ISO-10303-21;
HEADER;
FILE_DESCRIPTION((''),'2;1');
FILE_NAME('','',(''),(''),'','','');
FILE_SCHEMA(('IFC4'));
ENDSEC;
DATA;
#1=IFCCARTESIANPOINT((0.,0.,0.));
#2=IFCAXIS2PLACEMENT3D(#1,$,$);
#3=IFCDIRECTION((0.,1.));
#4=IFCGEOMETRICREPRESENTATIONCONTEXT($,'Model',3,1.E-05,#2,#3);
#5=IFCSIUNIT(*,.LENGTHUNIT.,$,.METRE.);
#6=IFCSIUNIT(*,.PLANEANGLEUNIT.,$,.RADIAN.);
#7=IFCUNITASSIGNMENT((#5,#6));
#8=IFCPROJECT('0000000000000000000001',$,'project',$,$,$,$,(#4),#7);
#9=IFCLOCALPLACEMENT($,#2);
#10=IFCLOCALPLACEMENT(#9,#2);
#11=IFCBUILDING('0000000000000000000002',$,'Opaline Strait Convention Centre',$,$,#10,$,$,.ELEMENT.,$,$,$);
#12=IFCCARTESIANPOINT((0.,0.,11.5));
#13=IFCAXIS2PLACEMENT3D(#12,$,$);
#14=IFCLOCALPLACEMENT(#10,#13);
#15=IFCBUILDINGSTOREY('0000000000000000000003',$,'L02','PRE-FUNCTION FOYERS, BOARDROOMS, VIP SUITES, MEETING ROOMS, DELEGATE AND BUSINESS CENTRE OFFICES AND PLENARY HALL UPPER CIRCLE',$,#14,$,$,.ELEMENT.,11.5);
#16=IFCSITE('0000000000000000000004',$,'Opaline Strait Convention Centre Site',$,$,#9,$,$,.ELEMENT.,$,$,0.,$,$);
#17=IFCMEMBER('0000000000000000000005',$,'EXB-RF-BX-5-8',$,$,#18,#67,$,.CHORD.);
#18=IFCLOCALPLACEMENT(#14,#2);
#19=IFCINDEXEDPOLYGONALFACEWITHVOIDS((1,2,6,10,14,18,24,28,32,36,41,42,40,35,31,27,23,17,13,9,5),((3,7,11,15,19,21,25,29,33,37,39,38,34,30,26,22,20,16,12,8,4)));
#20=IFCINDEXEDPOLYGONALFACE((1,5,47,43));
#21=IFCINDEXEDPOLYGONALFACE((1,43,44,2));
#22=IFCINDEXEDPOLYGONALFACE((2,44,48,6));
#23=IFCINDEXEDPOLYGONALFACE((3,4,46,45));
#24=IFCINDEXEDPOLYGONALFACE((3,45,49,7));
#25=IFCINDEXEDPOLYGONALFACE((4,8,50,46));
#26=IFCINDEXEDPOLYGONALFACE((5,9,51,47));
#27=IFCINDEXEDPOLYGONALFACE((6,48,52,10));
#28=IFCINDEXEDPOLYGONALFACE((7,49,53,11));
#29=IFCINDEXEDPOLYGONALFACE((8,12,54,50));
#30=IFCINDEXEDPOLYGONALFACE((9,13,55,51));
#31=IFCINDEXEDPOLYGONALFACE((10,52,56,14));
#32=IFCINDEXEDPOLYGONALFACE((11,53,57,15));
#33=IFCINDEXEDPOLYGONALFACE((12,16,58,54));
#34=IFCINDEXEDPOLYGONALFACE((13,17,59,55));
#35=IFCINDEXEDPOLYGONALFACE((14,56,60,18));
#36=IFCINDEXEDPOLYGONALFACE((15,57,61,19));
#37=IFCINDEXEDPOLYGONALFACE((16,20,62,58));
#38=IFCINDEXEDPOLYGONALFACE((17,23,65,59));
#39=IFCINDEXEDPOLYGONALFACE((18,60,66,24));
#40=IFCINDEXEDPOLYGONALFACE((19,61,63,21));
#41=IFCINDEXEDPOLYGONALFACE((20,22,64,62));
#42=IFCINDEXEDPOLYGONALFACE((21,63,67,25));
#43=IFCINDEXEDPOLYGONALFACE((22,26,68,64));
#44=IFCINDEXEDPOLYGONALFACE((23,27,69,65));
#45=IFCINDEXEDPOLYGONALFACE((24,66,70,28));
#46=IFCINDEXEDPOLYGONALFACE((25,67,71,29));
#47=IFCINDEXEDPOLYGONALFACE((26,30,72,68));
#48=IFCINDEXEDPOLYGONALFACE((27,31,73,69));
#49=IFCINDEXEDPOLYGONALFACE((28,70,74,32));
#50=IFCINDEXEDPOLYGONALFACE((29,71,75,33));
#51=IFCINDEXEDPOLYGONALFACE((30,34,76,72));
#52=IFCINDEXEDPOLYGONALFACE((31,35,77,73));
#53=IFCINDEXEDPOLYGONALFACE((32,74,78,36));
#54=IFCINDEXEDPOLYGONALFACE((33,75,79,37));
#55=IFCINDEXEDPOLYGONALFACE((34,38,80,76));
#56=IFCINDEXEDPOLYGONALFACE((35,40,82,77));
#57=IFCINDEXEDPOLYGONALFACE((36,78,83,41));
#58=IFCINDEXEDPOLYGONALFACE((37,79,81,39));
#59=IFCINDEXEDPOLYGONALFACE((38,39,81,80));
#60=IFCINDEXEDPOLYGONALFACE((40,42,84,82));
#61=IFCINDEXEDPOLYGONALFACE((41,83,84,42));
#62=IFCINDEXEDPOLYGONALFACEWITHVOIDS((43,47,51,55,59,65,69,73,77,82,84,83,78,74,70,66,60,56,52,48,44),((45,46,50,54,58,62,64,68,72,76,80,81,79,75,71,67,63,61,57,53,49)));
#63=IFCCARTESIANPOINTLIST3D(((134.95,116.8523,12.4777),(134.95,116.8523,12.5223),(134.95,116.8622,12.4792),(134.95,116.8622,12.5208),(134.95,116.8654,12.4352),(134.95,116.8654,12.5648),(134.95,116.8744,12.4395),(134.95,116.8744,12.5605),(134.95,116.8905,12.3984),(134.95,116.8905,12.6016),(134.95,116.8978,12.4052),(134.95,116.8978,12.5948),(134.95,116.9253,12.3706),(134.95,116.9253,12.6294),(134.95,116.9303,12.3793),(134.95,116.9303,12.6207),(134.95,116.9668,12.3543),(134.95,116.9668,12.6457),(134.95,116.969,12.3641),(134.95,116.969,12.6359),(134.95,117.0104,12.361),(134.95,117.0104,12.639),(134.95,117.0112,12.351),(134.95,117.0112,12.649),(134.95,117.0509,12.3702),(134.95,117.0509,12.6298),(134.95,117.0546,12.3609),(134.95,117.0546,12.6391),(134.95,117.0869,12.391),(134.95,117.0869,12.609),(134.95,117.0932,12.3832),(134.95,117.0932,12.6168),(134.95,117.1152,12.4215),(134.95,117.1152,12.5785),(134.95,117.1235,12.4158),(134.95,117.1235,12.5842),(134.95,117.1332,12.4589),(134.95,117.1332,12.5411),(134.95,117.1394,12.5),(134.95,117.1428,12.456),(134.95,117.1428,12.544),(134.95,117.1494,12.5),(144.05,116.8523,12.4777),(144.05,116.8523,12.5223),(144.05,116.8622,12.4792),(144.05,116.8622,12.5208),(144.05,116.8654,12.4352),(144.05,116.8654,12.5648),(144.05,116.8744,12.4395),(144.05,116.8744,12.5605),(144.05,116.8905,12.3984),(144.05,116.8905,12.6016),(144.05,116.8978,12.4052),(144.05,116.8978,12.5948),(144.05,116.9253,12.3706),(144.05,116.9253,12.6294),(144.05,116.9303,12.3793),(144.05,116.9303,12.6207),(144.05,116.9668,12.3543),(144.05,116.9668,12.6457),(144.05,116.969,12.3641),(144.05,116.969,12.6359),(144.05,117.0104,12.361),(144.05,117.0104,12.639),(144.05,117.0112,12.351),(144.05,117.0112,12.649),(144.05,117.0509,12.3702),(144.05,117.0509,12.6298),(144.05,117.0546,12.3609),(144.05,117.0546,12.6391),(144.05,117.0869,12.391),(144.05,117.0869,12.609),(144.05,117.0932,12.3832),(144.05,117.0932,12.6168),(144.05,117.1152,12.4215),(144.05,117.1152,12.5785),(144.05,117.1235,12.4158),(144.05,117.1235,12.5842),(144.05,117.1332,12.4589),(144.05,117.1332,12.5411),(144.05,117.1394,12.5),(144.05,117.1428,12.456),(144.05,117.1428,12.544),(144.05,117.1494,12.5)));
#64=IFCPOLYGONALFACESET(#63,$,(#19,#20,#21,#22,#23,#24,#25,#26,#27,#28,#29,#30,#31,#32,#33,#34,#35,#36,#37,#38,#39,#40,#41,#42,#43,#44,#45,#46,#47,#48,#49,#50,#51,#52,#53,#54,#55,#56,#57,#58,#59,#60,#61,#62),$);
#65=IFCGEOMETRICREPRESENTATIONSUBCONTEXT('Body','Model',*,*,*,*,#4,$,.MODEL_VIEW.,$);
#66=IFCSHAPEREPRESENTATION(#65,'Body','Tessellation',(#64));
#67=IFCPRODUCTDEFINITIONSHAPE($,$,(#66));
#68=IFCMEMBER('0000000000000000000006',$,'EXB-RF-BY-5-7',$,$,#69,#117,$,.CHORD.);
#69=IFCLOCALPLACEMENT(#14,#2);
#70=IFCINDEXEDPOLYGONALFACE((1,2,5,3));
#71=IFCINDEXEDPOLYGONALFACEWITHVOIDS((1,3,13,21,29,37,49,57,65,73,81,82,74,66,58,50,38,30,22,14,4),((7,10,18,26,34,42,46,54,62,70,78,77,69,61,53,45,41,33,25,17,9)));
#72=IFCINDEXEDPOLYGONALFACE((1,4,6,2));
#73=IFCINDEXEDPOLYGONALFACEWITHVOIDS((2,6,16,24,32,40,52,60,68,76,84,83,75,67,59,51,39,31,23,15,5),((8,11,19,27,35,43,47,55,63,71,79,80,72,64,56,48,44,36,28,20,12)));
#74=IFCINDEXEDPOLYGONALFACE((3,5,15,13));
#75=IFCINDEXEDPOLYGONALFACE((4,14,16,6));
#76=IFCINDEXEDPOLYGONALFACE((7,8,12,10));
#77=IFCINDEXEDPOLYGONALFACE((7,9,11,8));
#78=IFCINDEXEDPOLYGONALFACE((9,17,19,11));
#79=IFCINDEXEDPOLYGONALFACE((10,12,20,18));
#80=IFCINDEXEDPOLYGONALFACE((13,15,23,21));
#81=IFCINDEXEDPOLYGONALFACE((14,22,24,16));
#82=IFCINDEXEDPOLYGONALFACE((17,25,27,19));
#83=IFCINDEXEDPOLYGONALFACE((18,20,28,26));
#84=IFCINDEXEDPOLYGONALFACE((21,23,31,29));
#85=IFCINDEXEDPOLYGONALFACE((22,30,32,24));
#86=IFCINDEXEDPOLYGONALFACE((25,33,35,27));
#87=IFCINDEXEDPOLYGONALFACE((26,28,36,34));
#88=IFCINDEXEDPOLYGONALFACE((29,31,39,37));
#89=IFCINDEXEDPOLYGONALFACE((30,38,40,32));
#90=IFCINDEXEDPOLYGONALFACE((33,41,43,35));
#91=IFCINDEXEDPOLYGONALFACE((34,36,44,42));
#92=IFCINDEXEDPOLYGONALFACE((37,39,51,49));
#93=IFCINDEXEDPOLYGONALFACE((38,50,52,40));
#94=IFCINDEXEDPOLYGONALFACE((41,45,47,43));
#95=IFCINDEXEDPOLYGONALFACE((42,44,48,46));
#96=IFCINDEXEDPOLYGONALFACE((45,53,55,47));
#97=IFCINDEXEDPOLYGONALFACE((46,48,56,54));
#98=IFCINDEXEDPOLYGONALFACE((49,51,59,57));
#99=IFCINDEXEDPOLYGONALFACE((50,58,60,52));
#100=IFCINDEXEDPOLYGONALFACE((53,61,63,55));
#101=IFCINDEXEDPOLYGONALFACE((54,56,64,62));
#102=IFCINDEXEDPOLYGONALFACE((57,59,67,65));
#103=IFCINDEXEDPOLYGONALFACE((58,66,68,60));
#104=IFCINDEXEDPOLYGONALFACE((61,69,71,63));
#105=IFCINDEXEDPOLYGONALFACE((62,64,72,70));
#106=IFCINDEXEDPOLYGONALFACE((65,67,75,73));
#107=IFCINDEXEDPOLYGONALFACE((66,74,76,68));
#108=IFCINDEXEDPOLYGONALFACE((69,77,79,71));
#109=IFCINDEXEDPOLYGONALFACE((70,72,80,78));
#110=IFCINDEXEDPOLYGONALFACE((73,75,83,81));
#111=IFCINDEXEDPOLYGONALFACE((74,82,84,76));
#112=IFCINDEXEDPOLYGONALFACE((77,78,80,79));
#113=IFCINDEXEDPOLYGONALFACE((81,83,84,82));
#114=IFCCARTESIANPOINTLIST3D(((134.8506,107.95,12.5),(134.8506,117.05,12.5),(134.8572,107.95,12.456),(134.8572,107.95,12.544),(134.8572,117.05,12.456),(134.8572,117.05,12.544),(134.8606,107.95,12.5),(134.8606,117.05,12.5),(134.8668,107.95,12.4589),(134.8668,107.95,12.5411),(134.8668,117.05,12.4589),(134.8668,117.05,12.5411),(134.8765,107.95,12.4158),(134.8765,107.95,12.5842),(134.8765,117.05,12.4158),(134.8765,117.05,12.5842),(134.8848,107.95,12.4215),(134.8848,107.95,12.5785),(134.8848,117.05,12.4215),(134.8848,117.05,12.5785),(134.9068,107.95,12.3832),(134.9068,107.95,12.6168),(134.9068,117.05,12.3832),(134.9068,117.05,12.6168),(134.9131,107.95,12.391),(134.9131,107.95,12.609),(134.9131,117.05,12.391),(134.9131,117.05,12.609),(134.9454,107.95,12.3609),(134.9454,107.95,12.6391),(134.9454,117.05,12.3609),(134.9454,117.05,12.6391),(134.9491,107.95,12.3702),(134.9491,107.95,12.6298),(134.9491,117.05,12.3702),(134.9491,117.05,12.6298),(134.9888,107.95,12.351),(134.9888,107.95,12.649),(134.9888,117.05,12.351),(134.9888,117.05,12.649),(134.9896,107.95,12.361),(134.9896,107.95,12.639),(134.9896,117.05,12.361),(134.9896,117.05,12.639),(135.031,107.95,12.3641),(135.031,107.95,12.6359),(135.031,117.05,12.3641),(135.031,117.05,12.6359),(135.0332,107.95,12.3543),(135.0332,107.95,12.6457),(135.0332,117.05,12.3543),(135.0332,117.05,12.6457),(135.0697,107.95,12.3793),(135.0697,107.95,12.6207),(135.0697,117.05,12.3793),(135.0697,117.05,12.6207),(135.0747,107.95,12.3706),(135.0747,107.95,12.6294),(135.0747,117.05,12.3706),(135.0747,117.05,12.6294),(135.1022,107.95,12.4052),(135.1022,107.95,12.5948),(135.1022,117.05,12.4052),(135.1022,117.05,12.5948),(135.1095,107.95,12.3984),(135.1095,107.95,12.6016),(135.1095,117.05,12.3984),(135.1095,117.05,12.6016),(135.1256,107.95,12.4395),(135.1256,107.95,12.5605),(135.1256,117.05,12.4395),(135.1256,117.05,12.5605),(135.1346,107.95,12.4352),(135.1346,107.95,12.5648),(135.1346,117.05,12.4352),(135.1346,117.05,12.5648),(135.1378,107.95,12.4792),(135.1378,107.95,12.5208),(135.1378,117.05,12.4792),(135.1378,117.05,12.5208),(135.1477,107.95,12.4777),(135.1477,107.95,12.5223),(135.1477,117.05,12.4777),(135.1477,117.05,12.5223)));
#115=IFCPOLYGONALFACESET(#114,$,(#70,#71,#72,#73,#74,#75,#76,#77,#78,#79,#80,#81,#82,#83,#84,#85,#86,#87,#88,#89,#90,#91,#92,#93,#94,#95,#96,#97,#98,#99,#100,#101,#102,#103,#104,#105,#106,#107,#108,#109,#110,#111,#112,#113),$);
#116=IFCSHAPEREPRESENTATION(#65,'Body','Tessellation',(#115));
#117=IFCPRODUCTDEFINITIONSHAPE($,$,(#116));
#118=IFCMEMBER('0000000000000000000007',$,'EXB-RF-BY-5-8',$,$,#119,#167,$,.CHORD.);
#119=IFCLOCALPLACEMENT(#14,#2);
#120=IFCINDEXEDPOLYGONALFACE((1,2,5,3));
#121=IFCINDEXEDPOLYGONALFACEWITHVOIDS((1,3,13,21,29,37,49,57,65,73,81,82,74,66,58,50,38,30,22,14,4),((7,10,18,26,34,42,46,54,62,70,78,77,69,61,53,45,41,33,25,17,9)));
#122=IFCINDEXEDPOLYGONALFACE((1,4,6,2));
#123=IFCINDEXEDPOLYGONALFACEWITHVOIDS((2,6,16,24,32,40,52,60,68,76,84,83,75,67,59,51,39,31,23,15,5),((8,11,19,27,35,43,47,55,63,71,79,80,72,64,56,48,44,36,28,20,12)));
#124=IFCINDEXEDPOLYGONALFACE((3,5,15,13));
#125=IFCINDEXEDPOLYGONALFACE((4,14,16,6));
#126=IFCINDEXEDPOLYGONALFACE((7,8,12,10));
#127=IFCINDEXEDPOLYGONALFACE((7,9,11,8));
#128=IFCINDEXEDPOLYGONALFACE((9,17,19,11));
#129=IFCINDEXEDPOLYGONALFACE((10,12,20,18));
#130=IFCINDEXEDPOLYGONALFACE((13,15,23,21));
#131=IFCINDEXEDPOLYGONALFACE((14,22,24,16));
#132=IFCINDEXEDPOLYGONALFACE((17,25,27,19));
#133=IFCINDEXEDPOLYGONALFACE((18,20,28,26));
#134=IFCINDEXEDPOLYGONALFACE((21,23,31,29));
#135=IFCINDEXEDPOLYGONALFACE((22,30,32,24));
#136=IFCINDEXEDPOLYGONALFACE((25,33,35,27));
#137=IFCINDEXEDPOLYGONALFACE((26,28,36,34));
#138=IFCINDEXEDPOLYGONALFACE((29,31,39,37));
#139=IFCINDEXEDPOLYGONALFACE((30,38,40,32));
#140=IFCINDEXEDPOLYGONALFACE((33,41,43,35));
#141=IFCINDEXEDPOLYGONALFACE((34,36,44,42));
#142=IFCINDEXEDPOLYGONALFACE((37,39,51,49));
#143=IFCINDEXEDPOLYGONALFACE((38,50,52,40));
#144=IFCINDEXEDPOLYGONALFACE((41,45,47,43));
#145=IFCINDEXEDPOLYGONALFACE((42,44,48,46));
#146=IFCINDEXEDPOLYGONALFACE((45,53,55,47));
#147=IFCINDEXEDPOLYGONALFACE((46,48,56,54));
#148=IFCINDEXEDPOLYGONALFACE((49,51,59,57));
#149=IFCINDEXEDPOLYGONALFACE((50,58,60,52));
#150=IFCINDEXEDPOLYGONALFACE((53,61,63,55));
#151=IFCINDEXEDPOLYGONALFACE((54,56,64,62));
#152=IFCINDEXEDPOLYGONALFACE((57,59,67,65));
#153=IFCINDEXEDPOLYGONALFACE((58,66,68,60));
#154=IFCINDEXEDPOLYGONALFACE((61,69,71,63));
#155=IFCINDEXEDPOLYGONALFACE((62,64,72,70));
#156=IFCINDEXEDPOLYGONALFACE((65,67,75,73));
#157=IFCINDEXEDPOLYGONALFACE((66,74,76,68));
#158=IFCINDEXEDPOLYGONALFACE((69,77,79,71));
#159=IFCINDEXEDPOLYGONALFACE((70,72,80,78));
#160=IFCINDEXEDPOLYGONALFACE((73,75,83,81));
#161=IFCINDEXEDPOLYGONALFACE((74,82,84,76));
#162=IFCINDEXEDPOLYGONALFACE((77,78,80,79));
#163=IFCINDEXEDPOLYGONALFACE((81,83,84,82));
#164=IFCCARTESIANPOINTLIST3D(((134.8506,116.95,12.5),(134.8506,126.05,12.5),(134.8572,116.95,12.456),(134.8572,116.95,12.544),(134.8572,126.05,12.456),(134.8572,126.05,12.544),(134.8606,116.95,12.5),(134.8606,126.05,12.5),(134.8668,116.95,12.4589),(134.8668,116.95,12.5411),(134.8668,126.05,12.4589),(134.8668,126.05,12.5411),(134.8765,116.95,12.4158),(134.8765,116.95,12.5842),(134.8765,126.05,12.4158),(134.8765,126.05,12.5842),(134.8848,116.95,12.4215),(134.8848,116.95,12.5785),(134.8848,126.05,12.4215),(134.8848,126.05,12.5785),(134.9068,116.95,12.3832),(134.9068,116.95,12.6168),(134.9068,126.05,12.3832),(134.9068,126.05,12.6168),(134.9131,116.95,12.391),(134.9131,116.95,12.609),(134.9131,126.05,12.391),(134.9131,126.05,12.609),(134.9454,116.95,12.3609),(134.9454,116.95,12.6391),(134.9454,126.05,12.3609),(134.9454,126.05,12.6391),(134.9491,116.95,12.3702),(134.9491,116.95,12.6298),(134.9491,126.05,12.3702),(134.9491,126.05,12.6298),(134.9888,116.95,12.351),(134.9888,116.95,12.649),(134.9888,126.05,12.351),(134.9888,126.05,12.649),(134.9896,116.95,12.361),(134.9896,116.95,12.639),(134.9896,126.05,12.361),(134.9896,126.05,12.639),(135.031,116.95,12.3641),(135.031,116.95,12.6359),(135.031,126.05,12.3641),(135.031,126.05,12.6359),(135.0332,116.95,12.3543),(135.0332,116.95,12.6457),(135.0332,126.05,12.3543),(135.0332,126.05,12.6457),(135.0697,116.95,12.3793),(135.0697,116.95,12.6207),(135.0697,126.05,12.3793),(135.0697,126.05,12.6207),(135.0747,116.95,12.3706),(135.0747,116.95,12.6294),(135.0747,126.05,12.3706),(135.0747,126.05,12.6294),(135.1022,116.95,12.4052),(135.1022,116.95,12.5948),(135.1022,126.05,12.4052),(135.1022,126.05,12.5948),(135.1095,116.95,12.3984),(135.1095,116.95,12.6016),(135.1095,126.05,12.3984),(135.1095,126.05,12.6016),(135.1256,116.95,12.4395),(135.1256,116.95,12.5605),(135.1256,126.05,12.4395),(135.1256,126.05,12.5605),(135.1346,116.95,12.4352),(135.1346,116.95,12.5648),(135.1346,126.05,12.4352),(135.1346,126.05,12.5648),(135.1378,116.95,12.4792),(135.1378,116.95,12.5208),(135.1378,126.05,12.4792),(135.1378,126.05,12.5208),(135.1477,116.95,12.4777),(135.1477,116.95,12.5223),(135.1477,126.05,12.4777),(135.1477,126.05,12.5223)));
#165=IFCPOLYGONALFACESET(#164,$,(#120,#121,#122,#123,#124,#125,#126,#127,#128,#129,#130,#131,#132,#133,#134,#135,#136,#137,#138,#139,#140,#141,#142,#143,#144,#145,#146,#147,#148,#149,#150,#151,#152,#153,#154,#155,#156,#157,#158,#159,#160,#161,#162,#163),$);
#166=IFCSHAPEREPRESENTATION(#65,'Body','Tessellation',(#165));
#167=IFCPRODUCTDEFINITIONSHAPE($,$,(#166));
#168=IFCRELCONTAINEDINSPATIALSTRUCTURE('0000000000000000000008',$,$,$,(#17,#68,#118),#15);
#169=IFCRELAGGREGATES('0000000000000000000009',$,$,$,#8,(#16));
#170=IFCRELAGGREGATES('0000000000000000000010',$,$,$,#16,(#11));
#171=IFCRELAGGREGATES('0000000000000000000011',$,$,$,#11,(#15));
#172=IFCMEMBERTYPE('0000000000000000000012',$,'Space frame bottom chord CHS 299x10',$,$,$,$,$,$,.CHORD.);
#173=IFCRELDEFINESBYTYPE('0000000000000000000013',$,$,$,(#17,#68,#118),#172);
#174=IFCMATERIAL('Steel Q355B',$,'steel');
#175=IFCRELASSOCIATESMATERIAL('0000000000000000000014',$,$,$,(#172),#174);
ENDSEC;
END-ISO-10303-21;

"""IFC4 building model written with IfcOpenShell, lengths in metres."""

from ifc_helpers import new_model, si_unit, direction, frame, origin, origin_2d, place, context, subcontext, project, spatial, hollow_circle, extrude, material, material_profile, profile_set, type_object, element, save


model = new_model("IFC4")

# Units and contexts
model_context = context("Model", 3, precision=1e-05, world=origin(), true_north=direction((0.0, 1.0)))
body_context = subcontext(model_context, "Body", "Model", "MODEL_VIEW")
ifc_project = project(units=[si_unit("LENGTHUNIT", "METRE"), si_unit("PLANEANGLEUNIT", "RADIAN")], contexts=[model_context])

# Site, building, storey
site_placement = place(None, origin())
site = spatial("IfcSite", under=ifc_project, at=site_placement, Name="Opaline Strait Convention Centre Site", CompositionType="ELEMENT", RefElevation=0.0)
building_placement = place(site_placement, origin())
building = spatial("IfcBuilding", under=site, at=building_placement, Name="Opaline Strait Convention Centre", CompositionType="ELEMENT")
storey_placement = place(building_placement, frame((0.0, 0.0, 11.5)))
storey = spatial("IfcBuildingStorey", under=building, at=storey_placement, Name="L02", Description="PRE-FUNCTION FOYERS, BOARDROOMS, VIP SUITES, MEETING ROOMS, DELEGATE AND BUSINESS CENTRE OFFICES AND PLENARY HALL UPPER CIRCLE", CompositionType="ELEMENT", Elevation=11.5)

# Members
ifc_material = material(Name="Steel Q355B", Category="steel")
ifc_material_profile_1 = material_profile(ifc_material, hollow_circle(Radius=0.1494, WallThickness=0.01, at=origin_2d()), Name="CHS 299x10")
ifc_profile_set_1 = profile_set([ifc_material_profile_1], Name="Steel Q355B")
member_type_1 = type_object("IfcMemberType", Name="Space frame bottom chord CHS 299x10", PredefinedType="CHORD", material=ifc_profile_set_1)
for number, where, z_axis, x_axis, name in (
    (1, (134.95, 117.0, 12.5), (1.0, 0.0, 0.0), (0.0, 1.0, 0.0), "EXB-RF-BX-5-8"),
    (2, (135.0, 107.95, 12.5), (0.0, 1.0, 0.0), (-1.0, 0.0, 0.0), "EXB-RF-BY-5-7"),
    (3, (135.0, 116.95, 12.5), (0.0, 1.0, 0.0), (-1.0, 0.0, 0.0), "EXB-RF-BY-5-8"),
):
    element("IfcMember", number, at=place(storey_placement, frame(where, z_axis=z_axis, x_axis=x_axis)), inside=storey, type_object=member_type_1, Name=name, PredefinedType="CHORD", context=body_context, shape_type="SweptSolid", body=[
        extrude(hollow_circle(Radius=0.1494, WallThickness=0.01, at=origin_2d()), origin(), (0.0, 0.0, 1.0), 9.1001),
    ])

save(model, "model.ifc")
